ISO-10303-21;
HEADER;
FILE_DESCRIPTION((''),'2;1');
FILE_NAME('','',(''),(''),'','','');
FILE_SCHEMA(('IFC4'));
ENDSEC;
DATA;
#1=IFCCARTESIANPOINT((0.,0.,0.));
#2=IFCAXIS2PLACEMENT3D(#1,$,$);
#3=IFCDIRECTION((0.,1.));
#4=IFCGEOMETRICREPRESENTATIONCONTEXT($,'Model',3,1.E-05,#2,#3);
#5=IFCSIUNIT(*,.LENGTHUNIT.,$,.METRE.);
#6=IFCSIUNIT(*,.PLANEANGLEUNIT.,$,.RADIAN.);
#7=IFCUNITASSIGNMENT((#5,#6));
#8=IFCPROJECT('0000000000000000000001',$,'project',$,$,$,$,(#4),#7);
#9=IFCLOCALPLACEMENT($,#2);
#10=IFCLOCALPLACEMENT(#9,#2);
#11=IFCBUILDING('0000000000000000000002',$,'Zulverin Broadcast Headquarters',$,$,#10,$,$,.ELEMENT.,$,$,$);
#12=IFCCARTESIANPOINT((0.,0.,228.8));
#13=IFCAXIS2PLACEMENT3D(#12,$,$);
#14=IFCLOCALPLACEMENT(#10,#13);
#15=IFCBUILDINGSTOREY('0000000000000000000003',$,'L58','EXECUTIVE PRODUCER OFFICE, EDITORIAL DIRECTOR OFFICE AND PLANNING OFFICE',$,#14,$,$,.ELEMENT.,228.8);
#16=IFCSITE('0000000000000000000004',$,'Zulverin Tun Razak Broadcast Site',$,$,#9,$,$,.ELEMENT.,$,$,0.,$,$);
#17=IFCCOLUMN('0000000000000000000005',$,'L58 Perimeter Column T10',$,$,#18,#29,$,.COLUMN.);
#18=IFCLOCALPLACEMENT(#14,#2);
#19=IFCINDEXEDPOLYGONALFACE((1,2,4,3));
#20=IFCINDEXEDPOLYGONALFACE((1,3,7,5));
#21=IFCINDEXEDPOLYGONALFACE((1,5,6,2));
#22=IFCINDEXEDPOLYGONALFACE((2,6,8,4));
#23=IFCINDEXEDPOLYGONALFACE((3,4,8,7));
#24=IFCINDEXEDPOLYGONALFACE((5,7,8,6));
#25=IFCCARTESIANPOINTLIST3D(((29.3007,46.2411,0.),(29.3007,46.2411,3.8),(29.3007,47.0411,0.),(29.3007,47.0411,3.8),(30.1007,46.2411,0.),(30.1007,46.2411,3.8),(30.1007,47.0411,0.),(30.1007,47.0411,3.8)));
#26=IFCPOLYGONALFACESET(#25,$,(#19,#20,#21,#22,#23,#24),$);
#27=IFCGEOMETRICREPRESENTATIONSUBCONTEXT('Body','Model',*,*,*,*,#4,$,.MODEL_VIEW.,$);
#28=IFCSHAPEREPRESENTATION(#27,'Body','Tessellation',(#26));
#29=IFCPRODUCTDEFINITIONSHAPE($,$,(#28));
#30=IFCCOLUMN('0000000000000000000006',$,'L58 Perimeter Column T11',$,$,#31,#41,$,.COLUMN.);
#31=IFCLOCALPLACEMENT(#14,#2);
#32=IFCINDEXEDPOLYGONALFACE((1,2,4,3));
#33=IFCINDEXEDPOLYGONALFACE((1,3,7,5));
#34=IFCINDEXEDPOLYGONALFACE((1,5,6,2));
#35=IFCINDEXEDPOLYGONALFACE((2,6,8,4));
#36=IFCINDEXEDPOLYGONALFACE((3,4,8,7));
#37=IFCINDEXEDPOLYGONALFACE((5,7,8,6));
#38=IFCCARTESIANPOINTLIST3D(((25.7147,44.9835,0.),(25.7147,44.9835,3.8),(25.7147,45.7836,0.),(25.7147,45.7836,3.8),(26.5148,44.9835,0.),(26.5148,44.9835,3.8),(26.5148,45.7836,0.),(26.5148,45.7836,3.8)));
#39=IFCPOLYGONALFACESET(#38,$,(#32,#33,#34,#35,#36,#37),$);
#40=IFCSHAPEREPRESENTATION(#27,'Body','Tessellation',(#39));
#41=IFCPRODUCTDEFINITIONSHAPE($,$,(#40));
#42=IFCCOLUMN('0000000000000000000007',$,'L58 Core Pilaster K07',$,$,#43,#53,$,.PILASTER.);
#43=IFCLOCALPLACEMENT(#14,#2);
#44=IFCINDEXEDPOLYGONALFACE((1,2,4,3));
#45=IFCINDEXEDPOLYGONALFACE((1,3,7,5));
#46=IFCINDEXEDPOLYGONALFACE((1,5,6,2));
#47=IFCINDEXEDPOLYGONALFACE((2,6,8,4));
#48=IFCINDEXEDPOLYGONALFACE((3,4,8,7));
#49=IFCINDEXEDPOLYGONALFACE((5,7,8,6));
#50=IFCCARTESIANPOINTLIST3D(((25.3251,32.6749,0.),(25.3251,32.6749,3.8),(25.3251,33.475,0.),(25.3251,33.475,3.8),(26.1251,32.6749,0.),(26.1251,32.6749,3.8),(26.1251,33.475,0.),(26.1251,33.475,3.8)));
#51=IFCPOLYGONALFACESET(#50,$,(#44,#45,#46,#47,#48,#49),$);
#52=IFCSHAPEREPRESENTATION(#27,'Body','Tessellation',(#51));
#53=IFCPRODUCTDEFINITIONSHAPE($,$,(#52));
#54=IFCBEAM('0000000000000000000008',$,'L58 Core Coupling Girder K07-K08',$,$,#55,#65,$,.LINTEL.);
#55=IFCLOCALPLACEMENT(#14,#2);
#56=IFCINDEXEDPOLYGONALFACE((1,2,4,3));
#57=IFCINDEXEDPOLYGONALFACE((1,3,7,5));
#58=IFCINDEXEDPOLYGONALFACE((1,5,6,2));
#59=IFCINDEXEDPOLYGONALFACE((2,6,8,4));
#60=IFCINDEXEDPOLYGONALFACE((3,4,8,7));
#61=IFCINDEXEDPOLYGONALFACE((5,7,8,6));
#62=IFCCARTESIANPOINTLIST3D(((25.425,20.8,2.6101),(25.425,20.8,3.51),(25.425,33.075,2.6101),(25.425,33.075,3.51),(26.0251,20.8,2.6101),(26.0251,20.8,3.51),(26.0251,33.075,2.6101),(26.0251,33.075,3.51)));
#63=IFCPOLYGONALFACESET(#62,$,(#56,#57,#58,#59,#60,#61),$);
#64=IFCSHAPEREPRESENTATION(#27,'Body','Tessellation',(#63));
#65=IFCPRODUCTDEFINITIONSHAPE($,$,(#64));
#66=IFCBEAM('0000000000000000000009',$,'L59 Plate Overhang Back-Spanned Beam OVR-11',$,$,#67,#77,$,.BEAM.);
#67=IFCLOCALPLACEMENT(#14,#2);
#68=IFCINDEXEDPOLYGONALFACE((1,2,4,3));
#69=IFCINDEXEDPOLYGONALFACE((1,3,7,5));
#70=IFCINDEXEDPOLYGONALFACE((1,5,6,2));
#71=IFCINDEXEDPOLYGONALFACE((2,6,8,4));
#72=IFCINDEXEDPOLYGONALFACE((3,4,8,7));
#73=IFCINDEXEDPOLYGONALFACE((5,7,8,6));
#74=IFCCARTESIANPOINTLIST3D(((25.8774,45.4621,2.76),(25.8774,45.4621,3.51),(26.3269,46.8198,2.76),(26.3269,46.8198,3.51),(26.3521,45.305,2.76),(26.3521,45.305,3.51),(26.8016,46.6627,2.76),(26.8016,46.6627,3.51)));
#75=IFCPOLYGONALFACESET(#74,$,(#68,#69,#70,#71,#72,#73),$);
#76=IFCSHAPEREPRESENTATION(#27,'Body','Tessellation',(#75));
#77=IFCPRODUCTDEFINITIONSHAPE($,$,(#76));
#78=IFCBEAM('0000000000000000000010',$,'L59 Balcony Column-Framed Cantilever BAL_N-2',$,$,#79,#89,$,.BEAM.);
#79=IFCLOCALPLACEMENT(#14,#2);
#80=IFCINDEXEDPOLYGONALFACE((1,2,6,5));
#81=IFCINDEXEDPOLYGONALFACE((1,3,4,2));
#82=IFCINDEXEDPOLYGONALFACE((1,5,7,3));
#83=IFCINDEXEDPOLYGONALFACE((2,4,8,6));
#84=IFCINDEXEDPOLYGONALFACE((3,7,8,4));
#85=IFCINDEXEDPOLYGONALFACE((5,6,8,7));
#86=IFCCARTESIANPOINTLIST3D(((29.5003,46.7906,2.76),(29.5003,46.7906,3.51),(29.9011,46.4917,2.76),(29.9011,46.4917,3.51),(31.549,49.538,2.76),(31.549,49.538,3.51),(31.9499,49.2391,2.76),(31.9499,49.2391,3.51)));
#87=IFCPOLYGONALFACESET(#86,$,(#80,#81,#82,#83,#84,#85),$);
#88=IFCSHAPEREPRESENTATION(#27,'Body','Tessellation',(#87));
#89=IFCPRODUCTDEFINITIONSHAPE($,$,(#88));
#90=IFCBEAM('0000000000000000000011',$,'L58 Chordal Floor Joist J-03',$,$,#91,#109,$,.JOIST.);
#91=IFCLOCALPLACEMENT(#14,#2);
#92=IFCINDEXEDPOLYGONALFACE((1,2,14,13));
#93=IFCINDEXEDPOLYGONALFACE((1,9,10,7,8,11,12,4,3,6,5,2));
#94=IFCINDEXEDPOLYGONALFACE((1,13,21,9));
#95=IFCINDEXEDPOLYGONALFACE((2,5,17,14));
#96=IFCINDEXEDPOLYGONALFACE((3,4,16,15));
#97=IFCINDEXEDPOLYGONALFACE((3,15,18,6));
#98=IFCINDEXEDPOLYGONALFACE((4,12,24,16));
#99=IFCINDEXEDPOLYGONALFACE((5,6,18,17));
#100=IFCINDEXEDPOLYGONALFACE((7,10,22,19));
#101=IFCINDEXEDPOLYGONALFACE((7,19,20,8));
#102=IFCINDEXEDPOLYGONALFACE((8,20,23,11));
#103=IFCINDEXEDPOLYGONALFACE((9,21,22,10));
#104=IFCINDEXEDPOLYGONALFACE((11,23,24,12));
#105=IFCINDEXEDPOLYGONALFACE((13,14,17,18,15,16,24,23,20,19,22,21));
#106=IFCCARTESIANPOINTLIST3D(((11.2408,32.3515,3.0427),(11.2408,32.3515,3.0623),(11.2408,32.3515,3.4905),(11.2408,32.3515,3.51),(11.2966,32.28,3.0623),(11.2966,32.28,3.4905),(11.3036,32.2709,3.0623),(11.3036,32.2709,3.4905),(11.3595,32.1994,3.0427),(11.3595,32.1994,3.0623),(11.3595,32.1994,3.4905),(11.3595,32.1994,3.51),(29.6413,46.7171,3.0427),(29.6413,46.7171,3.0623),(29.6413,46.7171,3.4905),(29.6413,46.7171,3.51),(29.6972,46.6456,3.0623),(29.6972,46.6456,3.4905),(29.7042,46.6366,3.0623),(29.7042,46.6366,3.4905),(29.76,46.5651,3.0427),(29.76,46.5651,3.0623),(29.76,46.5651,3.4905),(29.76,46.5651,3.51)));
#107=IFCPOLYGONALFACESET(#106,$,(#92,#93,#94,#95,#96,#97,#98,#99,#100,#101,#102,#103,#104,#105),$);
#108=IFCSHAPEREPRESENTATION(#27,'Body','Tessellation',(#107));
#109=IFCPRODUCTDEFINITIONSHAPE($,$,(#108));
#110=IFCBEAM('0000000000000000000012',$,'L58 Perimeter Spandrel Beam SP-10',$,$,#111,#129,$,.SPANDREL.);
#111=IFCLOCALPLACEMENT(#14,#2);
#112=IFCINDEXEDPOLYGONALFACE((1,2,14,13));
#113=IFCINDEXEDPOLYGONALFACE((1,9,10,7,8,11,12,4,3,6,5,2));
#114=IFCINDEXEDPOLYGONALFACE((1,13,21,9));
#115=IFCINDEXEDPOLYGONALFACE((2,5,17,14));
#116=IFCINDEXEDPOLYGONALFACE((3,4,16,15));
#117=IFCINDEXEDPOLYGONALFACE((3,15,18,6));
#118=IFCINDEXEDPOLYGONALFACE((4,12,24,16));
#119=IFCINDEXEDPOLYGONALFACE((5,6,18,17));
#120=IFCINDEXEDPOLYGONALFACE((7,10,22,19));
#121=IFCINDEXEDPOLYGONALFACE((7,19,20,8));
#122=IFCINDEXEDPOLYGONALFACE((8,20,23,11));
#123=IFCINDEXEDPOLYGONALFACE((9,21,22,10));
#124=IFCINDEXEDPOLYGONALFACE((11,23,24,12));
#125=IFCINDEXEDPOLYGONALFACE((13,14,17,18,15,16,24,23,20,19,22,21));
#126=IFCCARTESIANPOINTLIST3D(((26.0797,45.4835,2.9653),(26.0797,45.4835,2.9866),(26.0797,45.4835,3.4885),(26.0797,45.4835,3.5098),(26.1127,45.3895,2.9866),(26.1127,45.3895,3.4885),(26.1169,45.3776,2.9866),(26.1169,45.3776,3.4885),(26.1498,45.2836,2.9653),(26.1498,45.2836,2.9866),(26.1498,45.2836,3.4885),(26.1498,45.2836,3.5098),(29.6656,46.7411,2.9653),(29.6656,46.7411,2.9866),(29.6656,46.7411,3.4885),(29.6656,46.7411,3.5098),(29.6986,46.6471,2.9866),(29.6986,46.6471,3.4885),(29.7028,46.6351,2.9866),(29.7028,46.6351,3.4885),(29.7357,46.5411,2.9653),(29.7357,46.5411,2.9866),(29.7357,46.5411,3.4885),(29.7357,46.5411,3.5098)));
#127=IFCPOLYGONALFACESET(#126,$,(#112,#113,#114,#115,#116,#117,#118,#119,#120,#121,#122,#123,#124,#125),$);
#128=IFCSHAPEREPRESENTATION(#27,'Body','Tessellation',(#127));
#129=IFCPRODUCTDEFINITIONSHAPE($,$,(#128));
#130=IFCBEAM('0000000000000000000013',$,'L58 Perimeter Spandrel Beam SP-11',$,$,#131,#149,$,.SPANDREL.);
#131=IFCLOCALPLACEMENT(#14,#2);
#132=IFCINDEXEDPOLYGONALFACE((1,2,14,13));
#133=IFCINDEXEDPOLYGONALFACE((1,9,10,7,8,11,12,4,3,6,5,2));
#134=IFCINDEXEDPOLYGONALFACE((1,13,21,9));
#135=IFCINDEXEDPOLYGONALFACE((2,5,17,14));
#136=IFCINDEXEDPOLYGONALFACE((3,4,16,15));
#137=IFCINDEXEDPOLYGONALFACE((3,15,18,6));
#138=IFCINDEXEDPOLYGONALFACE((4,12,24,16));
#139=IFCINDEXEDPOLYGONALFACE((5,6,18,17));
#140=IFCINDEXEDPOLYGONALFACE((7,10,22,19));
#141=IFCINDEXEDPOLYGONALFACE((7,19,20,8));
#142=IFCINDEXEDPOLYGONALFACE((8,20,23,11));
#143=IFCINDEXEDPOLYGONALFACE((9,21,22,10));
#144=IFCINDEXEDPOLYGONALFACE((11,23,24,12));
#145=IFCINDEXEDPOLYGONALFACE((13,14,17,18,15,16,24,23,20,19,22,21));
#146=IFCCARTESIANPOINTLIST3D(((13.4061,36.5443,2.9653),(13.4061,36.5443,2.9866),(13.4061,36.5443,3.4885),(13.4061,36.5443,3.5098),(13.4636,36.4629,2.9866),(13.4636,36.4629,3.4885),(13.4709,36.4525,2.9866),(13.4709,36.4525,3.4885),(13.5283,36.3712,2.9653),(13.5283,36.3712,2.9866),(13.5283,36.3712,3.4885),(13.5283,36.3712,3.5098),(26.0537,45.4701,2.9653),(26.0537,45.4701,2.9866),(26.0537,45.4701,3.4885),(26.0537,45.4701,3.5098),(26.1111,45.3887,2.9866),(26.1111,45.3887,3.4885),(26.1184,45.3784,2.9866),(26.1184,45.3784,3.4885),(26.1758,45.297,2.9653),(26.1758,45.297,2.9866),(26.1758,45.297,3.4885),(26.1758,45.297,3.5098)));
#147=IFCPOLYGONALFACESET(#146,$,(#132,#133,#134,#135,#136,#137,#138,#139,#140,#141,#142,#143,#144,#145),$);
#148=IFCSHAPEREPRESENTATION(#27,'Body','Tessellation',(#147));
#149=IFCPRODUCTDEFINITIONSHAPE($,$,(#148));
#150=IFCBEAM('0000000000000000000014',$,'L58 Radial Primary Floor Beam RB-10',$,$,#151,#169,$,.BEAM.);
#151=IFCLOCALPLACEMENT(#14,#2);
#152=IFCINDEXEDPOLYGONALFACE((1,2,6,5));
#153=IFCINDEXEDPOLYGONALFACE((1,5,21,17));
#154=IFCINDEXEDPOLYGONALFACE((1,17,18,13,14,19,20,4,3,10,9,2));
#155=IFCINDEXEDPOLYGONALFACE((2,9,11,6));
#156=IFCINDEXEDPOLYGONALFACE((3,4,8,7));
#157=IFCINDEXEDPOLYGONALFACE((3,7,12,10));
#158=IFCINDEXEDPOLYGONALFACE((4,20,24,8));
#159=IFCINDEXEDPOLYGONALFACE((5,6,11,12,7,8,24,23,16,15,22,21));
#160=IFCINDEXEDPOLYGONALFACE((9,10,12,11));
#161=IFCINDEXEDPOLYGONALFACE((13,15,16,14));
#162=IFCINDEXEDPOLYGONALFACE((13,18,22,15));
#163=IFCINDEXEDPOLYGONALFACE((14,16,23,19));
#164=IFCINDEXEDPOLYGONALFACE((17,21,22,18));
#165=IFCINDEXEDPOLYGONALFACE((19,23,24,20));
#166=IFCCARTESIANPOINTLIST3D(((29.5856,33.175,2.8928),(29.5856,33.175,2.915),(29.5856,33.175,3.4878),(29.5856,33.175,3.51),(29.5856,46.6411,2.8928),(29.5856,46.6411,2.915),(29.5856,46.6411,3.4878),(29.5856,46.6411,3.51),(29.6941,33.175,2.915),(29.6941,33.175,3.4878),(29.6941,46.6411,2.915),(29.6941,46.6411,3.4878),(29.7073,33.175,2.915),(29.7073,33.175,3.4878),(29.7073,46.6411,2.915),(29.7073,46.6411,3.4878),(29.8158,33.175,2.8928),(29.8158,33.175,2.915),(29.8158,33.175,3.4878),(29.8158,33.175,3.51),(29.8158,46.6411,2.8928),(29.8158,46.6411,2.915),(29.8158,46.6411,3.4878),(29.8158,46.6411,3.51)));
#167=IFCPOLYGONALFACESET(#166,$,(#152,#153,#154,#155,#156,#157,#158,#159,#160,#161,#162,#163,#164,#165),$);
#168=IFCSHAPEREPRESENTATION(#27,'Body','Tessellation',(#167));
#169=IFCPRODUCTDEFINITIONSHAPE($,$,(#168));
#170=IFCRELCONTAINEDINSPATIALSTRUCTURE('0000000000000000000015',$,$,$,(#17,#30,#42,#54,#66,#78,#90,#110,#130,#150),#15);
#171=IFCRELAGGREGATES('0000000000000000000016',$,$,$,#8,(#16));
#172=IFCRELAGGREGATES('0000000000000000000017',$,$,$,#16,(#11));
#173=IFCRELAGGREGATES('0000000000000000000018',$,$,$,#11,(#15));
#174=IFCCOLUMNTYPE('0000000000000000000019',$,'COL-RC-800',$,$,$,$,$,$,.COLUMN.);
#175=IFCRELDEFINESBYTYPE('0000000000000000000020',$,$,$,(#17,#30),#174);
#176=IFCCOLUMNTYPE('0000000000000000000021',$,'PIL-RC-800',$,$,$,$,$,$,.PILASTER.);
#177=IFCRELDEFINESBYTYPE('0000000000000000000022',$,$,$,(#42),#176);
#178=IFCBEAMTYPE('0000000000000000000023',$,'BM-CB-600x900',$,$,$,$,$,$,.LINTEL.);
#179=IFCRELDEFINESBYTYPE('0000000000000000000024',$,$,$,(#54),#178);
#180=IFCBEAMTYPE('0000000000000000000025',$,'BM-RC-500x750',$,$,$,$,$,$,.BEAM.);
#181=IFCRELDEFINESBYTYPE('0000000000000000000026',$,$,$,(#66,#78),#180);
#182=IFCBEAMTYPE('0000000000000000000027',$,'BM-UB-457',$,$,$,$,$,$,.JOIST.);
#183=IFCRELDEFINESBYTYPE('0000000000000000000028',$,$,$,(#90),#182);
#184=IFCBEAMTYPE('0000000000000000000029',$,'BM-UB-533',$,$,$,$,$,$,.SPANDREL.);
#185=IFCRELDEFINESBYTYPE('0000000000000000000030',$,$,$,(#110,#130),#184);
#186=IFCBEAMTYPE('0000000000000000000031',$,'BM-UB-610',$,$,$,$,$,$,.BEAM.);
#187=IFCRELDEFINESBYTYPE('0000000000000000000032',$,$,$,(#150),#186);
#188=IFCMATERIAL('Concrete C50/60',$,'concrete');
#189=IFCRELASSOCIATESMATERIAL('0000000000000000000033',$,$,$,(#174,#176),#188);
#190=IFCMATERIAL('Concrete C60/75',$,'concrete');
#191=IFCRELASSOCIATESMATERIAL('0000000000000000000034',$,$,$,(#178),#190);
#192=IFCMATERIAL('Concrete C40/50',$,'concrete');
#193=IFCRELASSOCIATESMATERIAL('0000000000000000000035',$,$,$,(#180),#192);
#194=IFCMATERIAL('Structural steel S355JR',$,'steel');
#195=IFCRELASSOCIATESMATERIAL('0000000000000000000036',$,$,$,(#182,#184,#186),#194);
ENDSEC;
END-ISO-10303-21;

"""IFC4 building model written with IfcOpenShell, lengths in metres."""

from ifc_helpers import new_model, si_unit, direction, frame, origin, origin_2d, place, context, subcontext, project, spatial, rectangle, i_section, extrude, material, material_profile, profile_set, type_object, element, save


model = new_model("IFC4")

# Units and contexts
model_context = context("Model", 3, precision=1e-05, world=origin(), true_north=direction((0.0, 1.0)))
body_context = subcontext(model_context, "Body", "Model", "MODEL_VIEW")
ifc_project = project(units=[si_unit("LENGTHUNIT", "METRE"), si_unit("PLANEANGLEUNIT", "RADIAN")], contexts=[model_context])

# Site, building, storey
site_placement = place(None, origin())
site = spatial("IfcSite", under=ifc_project, at=site_placement, Name="Zulverin Tun Razak Broadcast Site", CompositionType="ELEMENT", RefElevation=0.0)
building_placement = place(site_placement, origin())
building = spatial("IfcBuilding", under=site, at=building_placement, Name="Zulverin Broadcast Headquarters", CompositionType="ELEMENT")
storey_placement = place(building_placement, frame((0.0, 0.0, 228.8)))
storey = spatial("IfcBuildingStorey", under=building, at=storey_placement, Name="L58", Description="EXECUTIVE PRODUCER OFFICE, EDITORIAL DIRECTOR OFFICE AND PLANNING OFFICE", CompositionType="ELEMENT", Elevation=228.8)

# Columns
ifc_material_1 = material(Name="Concrete C50/60", Category="concrete")
ifc_material_profile_1 = material_profile(ifc_material_1, rectangle(XDim=0.8, YDim=0.8, at=origin_2d()), Name="Concrete C50/60", Category="concrete")
ifc_profile_set_1 = profile_set([ifc_material_profile_1], Name="Concrete C50/60")
column_type_1 = type_object("IfcColumnType", Name="COL-RC-800", PredefinedType="COLUMN", material=ifc_profile_set_1)
for number, where, z_axis, x_axis, name in (
    (1, (29.7007, 46.6411, 0.0), (0.0, 0.0, 1.0), (1.0, 0.0, 0.0), "L58 Perimeter Column T10"),
    (2, (26.1147, 45.3835, 0.0), (0.0, 0.0, 1.0), (1.0, 0.0, 0.0), "L58 Perimeter Column T11"),
):
    element("IfcColumn", number, at=place(storey_placement, frame(where, z_axis=z_axis, x_axis=x_axis)), inside=storey, type_object=column_type_1, Name=name, PredefinedType="COLUMN", context=body_context, shape_type="SweptSolid", body=[
        extrude(rectangle(XDim=0.8, YDim=0.8, at=origin_2d()), origin(), (0.0, 0.0, 1.0), 3.8),
    ])
ifc_material_profile_2 = material_profile(ifc_material_1, rectangle(XDim=0.8, YDim=0.8, at=origin_2d()), Name="Concrete C50/60", Category="concrete")
ifc_profile_set_2 = profile_set([ifc_material_profile_2], Name="Concrete C50/60")
column_type_2 = type_object("IfcColumnType", Name="PIL-RC-800", PredefinedType="PILASTER", material=ifc_profile_set_2)
column_placement = place(storey_placement, frame((25.7251, 33.075, 0.0), z_axis=(0.0, 0.0, 1.0), x_axis=(1.0, 0.0, 0.0)))
element("IfcColumn", 3, at=column_placement, inside=storey, type_object=column_type_2, Name="L58 Core Pilaster K07", PredefinedType="PILASTER", context=body_context, shape_type="SweptSolid", body=[
    extrude(rectangle(XDim=0.8, YDim=0.8, at=origin_2d()), origin(), (0.0, 0.0, 1.0), 3.8),
])

# Beams
ifc_material_2 = material(Name="Concrete C60/75", Category="concrete")
ifc_material_profile_3 = material_profile(ifc_material_2, rectangle(XDim=0.6001, YDim=0.8999, at=origin_2d()), Name="Concrete C60/75", Category="concrete")
ifc_profile_set_3 = profile_set([ifc_material_profile_3], Name="Concrete C60/75")
beam_type_1 = type_object("IfcBeamType", Name="BM-CB-600x900", PredefinedType="LINTEL", material=ifc_profile_set_3)
beam_1_placement = place(storey_placement, frame((25.7251, 33.075, 3.0601), z_axis=(0.0, -1.0, 0.0), x_axis=(1.0, 0.0, 0.0)))
element("IfcBeam", 4, at=beam_1_placement, inside=storey, type_object=beam_type_1, Name="L58 Core Coupling Girder K07-K08", PredefinedType="LINTEL", context=body_context, shape_type="SweptSolid", body=[
    extrude(rectangle(XDim=0.6001, YDim=0.8999, at=origin_2d()), origin(), (0.0, 0.0, 1.0), 12.2749),
])
ifc_material_3 = material(Name="Concrete C40/50", Category="concrete")
ifc_material_profile_4 = material_profile(ifc_material_3, rectangle(XDim=0.5, YDim=0.75, at=origin_2d()), Name="Concrete C40/50", Category="concrete")
ifc_profile_set_4 = profile_set([ifc_material_profile_4], Name="Concrete C40/50")
beam_type_2 = type_object("IfcBeamType", Name="BM-RC-500x750", PredefinedType="BEAM", material=ifc_profile_set_4)
beam_2_placement = place(storey_placement, frame((26.1147, 45.3835, 3.135), z_axis=(0.314281, 0.94933, 0.0), x_axis=(-0.94933, 0.314281, 0.0)))
element("IfcBeam", 5, at=beam_2_placement, inside=storey, type_object=beam_type_2, Name="L59 Plate Overhang Back-Spanned Beam OVR-11", PredefinedType="BEAM", context=body_context, shape_type="SweptSolid", body=[
    extrude(rectangle(XDim=0.5, YDim=0.75, at=origin_2d()), origin(), (0.0, 0.0, 1.0), 1.4302),
])
beam_3_placement = place(storey_placement, frame((29.7007, 46.6411, 3.135), z_axis=(0.597787, 0.801655, 0.0), x_axis=(-0.801655, 0.597787, 0.0)))
element("IfcBeam", 6, at=beam_3_placement, inside=storey, type_object=beam_type_2, Name="L59 Balcony Column-Framed Cantilever BAL_N-2", PredefinedType="BEAM", context=body_context, shape_type="SweptSolid", body=[
    extrude(rectangle(XDim=0.5, YDim=0.75, at=origin_2d()), origin(), (0.0, 0.0, 1.0), 3.4272),
])
ifc_material_4 = material(Name="Structural steel S355JR", Category="steel")
ifc_material_profile_5 = material_profile(ifc_material_4, i_section(OverallWidth=0.1929, OverallDepth=0.4673, WebThickness=0.0115, FlangeThickness=0.0195, at=origin_2d()), Name="Structural steel S355JR", Category="steel")
ifc_profile_set_5 = profile_set([ifc_material_profile_5], Name="Structural steel S355JR")
beam_type_3 = type_object("IfcBeamType", Name="BM-UB-457", PredefinedType="JOIST", material=ifc_profile_set_5)
beam_4_placement = place(storey_placement, frame((29.7007, 46.6411, 3.2764), z_axis=(-0.788227, -0.615384, 0.0), x_axis=(0.615384, -0.788227, 0.0)))
element("IfcBeam", 7, at=beam_4_placement, inside=storey, type_object=beam_type_3, Name="L58 Chordal Floor Joist J-03", PredefinedType="JOIST", context=body_context, shape_type="SweptSolid", body=[
    extrude(i_section(OverallWidth=0.1929, OverallDepth=0.4673, WebThickness=0.0115, FlangeThickness=0.0195, at=origin_2d()), origin(), (0.0, 0.0, 1.0), 23.3442),
])
ifc_material_profile_6 = material_profile(ifc_material_4, i_section(OverallWidth=0.2119, OverallDepth=0.5444, WebThickness=0.0127, FlangeThickness=0.0212, at=origin_2d()), Name="Structural steel S355JR", Category="steel")
ifc_profile_set_6 = profile_set([ifc_material_profile_6], Name="Structural steel S355JR")
beam_type_4 = type_object("IfcBeamType", Name="BM-UB-533", PredefinedType="SPANDREL", material=ifc_profile_set_6)
beam_5_placement = place(storey_placement, frame((29.7007, 46.6411, 3.2375), z_axis=(-0.943654, -0.330934, 0.0), x_axis=(0.330934, -0.943654, 0.0)))
element("IfcBeam", 8, at=beam_5_placement, inside=storey, type_object=beam_type_4, Name="L58 Perimeter Spandrel Beam SP-10", PredefinedType="SPANDREL", context=body_context, shape_type="SweptSolid", body=[
    extrude(i_section(OverallWidth=0.2119, OverallDepth=0.5444, WebThickness=0.0127, FlangeThickness=0.0212, at=origin_2d()), origin(), (0.0, 0.0, 1.0), 3.8),
])
beam_6_placement = place(storey_placement, frame((26.1147, 45.3835, 3.2375), z_axis=(-0.817024, -0.576604, 0.0), x_axis=(0.576604, -0.817024, 0.0)))
element("IfcBeam", 9, at=beam_6_placement, inside=storey, type_object=beam_type_4, Name="L58 Perimeter Spandrel Beam SP-11", PredefinedType="SPANDREL", context=body_context, shape_type="SweptSolid", body=[
    extrude(i_section(OverallWidth=0.2119, OverallDepth=0.5444, WebThickness=0.0127, FlangeThickness=0.0212, at=origin_2d()), origin(), (0.0, 0.0, 1.0), 15.48),
])
ifc_material_profile_7 = material_profile(ifc_material_4, i_section(OverallWidth=0.2302, OverallDepth=0.6172, WebThickness=0.0132, FlangeThickness=0.0222, at=origin_2d()), Name="Structural steel S355JR", Category="steel")
ifc_profile_set_7 = profile_set([ifc_material_profile_7], Name="Structural steel S355JR")
beam_type_5 = type_object("IfcBeamType", Name="BM-UB-610", PredefinedType="BEAM", material=ifc_profile_set_7)
beam_7_placement = place(storey_placement, frame((29.7007, 33.175, 3.2014), z_axis=(0.0, 1.0, 0.0), x_axis=(-1.0, 0.0, 0.0)))
element("IfcBeam", 10, at=beam_7_placement, inside=storey, type_object=beam_type_5, Name="L58 Radial Primary Floor Beam RB-10", PredefinedType="BEAM", context=body_context, shape_type="SweptSolid", body=[
    extrude(i_section(OverallWidth=0.2302, OverallDepth=0.6172, WebThickness=0.0132, FlangeThickness=0.0222, at=origin_2d()), origin(), (0.0, 0.0, 1.0), 13.4661),
])

save(model, "model.ifc")
